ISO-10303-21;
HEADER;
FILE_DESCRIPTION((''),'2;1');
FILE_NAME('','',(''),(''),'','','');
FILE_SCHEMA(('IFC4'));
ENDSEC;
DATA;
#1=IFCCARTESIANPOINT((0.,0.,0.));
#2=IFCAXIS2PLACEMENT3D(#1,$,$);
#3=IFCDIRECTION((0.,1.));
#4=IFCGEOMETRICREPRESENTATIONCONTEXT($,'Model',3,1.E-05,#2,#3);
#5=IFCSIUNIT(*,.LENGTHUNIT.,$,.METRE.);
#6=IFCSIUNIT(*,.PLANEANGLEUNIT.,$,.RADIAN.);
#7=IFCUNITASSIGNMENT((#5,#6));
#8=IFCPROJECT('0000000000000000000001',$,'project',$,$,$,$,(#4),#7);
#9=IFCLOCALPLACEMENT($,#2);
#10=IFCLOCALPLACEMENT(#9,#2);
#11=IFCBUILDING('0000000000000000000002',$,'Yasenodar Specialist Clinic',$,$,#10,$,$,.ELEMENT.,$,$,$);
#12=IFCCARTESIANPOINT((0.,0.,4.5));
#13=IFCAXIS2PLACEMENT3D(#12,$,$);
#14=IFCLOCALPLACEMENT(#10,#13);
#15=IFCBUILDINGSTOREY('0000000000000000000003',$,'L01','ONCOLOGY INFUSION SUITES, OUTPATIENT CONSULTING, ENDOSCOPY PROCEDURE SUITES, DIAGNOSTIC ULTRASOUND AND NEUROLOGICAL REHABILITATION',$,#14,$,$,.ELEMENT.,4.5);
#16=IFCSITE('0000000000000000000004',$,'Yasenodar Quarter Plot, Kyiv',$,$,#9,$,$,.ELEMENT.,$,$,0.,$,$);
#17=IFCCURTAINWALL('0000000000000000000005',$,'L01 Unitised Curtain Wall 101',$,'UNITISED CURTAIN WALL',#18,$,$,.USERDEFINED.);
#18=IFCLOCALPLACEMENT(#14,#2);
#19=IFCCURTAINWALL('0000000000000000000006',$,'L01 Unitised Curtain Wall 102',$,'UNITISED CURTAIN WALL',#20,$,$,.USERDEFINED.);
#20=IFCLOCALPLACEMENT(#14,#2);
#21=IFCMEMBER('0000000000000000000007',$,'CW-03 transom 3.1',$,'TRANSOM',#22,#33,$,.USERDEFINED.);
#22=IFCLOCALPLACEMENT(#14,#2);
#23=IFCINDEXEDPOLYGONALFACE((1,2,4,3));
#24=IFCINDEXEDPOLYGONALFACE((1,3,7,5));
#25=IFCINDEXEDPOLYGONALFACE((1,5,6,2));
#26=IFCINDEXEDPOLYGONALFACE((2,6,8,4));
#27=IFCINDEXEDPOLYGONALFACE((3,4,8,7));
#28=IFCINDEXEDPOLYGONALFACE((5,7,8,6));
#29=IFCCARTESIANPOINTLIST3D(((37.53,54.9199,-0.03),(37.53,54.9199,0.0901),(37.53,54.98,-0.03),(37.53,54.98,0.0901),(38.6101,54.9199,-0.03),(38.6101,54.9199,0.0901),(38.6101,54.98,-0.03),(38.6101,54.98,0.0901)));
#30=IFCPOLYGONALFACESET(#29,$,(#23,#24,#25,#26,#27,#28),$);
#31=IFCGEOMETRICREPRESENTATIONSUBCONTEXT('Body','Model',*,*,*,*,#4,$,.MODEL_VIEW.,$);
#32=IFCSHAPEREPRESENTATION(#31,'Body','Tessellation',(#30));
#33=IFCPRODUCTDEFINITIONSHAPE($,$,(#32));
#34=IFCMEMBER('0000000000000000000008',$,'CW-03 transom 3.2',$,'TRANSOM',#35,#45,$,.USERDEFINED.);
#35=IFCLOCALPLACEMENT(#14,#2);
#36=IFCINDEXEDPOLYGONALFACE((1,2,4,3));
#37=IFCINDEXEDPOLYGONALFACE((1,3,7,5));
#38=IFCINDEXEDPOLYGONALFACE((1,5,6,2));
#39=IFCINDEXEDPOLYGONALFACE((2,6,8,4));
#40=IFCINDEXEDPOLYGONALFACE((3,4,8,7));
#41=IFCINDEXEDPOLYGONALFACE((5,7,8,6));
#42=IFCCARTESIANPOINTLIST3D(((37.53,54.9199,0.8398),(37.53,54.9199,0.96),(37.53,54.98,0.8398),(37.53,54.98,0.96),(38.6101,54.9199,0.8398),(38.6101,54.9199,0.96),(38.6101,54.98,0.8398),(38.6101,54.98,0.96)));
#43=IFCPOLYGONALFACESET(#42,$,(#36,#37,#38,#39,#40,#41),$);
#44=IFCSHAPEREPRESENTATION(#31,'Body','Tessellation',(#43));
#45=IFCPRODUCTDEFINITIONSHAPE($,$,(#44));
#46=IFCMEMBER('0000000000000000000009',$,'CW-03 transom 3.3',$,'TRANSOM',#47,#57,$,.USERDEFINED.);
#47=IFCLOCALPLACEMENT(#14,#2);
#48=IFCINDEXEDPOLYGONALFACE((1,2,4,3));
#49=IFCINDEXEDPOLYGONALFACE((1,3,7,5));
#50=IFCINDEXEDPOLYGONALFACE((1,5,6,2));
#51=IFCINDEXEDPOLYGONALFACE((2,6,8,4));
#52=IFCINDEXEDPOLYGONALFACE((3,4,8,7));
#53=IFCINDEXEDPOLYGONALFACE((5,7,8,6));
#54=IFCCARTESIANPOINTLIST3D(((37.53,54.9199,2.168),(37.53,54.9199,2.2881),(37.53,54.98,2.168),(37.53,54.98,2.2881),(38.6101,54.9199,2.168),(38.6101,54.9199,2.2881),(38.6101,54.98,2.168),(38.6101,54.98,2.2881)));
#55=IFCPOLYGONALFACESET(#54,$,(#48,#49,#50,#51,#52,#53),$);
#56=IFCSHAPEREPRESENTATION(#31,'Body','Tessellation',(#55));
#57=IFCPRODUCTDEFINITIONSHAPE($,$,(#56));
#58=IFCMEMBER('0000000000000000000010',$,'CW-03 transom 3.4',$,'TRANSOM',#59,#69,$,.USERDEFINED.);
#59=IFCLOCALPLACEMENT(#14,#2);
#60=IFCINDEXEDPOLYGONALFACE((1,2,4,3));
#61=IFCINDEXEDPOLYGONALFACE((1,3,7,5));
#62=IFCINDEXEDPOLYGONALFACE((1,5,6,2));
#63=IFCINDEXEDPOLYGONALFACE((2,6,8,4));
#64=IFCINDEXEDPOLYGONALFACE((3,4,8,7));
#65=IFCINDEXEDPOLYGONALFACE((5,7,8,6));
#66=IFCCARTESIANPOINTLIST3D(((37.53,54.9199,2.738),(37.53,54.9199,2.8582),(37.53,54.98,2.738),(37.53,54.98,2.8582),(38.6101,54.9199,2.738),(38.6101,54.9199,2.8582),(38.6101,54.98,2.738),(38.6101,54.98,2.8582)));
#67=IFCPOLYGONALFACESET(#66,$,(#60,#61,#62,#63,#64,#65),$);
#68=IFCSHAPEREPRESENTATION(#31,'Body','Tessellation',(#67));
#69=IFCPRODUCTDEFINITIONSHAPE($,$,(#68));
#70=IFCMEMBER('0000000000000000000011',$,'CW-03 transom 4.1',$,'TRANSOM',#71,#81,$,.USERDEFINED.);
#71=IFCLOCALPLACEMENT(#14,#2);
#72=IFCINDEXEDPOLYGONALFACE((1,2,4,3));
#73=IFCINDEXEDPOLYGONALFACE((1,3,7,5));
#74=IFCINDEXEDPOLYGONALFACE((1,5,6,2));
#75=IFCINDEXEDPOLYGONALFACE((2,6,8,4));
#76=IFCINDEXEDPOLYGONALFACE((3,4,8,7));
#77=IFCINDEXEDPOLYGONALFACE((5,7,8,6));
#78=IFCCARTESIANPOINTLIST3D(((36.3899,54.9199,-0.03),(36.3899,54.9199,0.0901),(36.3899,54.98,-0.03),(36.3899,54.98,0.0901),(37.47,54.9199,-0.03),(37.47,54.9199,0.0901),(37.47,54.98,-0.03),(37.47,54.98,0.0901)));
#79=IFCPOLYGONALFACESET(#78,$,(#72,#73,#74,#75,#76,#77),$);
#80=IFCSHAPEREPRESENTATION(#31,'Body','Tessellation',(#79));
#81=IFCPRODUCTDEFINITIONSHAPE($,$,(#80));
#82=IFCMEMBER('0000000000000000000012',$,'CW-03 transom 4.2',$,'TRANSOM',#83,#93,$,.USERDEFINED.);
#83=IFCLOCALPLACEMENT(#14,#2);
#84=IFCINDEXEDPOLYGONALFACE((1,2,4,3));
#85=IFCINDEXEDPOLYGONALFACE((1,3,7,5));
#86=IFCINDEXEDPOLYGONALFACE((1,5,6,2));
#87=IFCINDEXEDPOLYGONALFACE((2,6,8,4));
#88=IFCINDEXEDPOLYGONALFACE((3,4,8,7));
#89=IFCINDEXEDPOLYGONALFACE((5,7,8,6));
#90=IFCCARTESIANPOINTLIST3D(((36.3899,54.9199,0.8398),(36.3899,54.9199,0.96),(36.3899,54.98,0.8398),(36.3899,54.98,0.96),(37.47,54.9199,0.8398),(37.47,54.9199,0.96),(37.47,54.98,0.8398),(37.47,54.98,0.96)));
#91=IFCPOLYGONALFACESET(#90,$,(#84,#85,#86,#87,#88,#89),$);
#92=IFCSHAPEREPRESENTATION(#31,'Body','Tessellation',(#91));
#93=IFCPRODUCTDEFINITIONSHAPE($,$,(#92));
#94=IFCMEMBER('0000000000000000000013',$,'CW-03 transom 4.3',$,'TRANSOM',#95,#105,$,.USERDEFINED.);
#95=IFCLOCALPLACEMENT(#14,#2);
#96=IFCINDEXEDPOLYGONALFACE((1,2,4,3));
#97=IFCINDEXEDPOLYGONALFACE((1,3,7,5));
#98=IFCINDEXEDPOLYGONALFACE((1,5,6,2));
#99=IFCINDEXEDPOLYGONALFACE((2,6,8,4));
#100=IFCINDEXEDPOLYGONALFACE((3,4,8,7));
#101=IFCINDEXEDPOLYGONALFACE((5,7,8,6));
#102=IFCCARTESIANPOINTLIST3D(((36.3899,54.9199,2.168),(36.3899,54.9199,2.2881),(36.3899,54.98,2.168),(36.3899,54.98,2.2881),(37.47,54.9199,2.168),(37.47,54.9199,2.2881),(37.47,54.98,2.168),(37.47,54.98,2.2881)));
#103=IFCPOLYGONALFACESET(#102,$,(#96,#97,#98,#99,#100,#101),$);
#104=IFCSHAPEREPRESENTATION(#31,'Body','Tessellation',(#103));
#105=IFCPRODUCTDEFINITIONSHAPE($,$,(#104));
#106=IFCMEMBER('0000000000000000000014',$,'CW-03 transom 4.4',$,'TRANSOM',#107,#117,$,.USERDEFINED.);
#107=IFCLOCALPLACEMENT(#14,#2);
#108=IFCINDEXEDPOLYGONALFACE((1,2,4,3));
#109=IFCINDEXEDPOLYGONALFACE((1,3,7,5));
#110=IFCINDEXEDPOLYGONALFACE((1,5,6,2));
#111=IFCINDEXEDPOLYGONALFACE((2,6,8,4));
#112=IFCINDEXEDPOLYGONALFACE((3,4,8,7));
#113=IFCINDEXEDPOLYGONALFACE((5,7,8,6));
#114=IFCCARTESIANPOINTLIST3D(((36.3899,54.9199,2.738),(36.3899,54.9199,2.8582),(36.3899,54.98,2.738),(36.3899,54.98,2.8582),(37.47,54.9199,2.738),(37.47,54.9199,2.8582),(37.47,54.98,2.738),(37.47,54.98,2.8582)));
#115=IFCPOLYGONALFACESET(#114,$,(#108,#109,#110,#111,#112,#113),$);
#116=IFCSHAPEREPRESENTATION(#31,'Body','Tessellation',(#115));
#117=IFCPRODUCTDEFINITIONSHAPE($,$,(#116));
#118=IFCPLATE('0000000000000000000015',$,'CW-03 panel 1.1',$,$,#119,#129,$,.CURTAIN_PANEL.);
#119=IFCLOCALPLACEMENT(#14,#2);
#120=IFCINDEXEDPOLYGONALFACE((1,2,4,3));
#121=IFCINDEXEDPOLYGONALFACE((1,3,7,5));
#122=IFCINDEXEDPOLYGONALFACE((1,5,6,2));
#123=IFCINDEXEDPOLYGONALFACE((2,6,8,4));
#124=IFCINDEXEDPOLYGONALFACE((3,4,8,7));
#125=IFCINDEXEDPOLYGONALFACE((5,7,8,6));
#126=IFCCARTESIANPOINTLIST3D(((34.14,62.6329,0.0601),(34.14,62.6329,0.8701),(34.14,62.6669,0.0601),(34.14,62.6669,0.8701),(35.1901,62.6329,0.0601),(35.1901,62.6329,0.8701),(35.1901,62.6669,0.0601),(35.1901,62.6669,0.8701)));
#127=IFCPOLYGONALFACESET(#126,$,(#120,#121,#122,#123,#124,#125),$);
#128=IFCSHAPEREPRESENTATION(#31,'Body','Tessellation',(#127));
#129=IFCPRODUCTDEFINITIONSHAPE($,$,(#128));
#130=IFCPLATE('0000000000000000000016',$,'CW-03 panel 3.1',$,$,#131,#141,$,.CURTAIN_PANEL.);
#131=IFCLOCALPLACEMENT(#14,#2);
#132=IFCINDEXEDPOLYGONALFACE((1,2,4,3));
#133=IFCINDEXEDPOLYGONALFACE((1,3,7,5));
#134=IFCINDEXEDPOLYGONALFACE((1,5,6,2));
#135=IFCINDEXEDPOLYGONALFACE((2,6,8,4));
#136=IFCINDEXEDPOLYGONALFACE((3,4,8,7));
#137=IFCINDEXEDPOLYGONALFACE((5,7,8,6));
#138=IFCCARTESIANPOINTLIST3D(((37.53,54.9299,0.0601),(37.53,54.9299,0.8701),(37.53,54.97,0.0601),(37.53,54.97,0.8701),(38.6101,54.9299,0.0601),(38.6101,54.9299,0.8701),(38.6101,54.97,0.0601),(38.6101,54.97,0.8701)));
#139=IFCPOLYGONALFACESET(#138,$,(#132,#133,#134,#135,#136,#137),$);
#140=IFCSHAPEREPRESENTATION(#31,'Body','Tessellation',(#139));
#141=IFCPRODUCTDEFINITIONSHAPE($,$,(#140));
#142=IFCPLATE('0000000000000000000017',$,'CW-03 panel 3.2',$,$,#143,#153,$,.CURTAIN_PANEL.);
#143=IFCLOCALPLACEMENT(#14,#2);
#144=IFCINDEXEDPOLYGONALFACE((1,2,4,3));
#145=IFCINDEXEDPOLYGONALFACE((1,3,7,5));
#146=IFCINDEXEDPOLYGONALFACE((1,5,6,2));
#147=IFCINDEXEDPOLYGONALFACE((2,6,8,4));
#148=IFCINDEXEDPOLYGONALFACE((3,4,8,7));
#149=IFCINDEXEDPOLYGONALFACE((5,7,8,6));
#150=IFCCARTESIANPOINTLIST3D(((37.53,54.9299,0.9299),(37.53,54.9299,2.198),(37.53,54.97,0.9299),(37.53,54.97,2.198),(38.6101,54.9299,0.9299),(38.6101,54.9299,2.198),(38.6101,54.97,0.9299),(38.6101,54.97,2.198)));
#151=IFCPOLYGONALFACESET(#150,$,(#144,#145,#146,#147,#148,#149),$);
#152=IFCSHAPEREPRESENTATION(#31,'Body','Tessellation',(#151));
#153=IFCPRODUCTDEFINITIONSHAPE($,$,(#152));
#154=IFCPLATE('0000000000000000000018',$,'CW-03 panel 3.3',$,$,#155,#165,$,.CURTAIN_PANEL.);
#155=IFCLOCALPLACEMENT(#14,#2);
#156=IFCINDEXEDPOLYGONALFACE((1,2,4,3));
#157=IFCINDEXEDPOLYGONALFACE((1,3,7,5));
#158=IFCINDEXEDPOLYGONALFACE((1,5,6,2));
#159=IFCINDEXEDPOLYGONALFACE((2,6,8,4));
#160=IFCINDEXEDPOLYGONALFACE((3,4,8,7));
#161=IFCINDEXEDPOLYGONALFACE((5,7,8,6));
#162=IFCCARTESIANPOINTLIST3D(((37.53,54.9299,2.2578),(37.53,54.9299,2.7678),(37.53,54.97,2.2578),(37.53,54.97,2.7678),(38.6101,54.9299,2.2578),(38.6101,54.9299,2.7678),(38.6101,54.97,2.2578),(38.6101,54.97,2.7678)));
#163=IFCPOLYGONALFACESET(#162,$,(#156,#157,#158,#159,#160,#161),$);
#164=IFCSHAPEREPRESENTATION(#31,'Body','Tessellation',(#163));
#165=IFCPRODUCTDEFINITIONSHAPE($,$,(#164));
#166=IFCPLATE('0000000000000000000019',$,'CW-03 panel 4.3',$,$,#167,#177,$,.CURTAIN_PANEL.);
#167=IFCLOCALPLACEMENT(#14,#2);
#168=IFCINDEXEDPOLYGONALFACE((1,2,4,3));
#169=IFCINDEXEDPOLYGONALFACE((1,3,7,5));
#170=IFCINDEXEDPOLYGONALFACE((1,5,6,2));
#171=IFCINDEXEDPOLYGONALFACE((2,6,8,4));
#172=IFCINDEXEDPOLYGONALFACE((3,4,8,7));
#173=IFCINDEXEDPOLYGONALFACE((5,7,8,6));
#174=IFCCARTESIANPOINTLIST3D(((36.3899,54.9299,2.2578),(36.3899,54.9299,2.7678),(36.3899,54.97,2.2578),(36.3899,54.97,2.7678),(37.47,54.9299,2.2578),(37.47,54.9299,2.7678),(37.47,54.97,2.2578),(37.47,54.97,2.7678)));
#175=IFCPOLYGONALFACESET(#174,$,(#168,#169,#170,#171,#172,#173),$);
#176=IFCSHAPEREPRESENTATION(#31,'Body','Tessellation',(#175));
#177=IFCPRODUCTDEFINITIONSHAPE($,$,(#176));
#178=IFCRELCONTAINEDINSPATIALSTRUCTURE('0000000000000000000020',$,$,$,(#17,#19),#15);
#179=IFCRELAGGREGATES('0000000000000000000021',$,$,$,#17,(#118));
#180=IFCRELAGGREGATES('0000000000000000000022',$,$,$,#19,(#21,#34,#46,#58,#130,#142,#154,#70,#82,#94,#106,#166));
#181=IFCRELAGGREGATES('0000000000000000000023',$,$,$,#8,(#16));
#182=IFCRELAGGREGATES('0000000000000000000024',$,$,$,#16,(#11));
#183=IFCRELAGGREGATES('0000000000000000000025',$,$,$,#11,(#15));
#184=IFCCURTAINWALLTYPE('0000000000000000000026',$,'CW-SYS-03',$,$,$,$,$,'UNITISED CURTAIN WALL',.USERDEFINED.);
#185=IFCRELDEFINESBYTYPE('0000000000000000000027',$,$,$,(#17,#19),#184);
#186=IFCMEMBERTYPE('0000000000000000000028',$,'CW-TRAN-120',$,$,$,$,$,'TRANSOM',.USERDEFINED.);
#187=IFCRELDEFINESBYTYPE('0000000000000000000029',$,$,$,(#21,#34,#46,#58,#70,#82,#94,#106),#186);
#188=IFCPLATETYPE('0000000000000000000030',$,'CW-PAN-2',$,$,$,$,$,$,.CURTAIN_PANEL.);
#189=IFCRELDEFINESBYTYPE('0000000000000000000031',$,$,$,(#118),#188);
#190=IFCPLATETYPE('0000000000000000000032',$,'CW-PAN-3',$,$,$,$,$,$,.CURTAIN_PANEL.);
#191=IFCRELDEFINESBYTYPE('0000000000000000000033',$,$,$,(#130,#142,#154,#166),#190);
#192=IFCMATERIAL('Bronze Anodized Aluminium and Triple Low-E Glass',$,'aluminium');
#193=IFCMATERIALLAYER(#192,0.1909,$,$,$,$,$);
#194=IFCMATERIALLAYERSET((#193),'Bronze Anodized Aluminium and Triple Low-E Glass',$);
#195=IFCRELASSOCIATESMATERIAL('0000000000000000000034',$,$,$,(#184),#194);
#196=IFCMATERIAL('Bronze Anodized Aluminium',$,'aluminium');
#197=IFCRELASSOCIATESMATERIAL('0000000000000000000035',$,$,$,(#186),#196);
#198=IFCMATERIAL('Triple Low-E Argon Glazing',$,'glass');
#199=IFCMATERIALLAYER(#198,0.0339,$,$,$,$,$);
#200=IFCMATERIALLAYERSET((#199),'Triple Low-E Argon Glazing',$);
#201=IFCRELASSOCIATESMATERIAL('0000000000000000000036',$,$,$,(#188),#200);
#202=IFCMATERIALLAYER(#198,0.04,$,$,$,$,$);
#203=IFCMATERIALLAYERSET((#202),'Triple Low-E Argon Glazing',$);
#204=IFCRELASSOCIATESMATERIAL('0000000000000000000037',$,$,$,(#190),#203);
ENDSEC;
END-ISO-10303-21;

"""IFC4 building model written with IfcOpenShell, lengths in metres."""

from ifc_helpers import new_model, si_unit, direction, frame, origin, origin_2d, place, context, subcontext, project, spatial, rectangle, extrude, material, layer, layer_set, material_profile, profile_set, type_object, element, aggregate, save


model = new_model("IFC4")

# Units and contexts
model_context = context("Model", 3, precision=1e-05, world=origin(), true_north=direction((0.0, 1.0)))
body_context = subcontext(model_context, "Body", "Model", "MODEL_VIEW")
ifc_project = project(units=[si_unit("LENGTHUNIT", "METRE"), si_unit("PLANEANGLEUNIT", "RADIAN")], contexts=[model_context])

# Site, building, storey
site_placement = place(None, origin())
site = spatial("IfcSite", under=ifc_project, at=site_placement, Name="Yasenodar Quarter Plot, Kyiv", CompositionType="ELEMENT", RefElevation=0.0)
building_placement = place(site_placement, origin())
building = spatial("IfcBuilding", under=site, at=building_placement, Name="Yasenodar Specialist Clinic", CompositionType="ELEMENT")
storey_placement = place(building_placement, frame((0.0, 0.0, 4.5)))
storey = spatial("IfcBuildingStorey", under=building, at=storey_placement, Name="L01", Description="ONCOLOGY INFUSION SUITES, OUTPATIENT CONSULTING, ENDOSCOPY PROCEDURE SUITES, DIAGNOSTIC ULTRASOUND AND NEUROLOGICAL REHABILITATION", CompositionType="ELEMENT", Elevation=4.5)

# Curtain wall
ifc_material_1 = material(Name="Bronze Anodized Aluminium and Triple Low-E Glass", Category="aluminium")
ifc_layer_1 = layer(ifc_material_1, 0.1909)
ifc_layer_set_1 = layer_set([ifc_layer_1], Name="Bronze Anodized Aluminium and Triple Low-E Glass")
curtain_wall_type = type_object("IfcCurtainWallType", Name="CW-SYS-03", ElementType="UNITISED CURTAIN WALL", PredefinedType="USERDEFINED", material=ifc_layer_set_1)
curtain_wall_1_placement = place(storey_placement, origin())
curtain_wall_1 = element("IfcCurtainWall", 1, at=curtain_wall_1_placement, inside=storey, type_object=curtain_wall_type, Name="L01 Unitised Curtain Wall 101", ObjectType="UNITISED CURTAIN WALL", PredefinedType="USERDEFINED")
ifc_material_2 = material(Name="Bronze Anodized Aluminium", Category="aluminium")

# Curtain wall
curtain_wall_2_placement = place(storey_placement, origin())
curtain_wall_2 = element("IfcCurtainWall", 2, at=curtain_wall_2_placement, inside=storey, type_object=curtain_wall_type, Name="L01 Unitised Curtain Wall 102", ObjectType="UNITISED CURTAIN WALL", PredefinedType="USERDEFINED")

# Members
ifc_material_profile_1 = material_profile(ifc_material_2, rectangle(XDim=0.0601, YDim=0.1201, at=origin_2d()), Name="CW-TRAN 60x120")
ifc_profile_set_1 = profile_set([ifc_material_profile_1], Name="Bronze Anodized Aluminium")
member_type_1 = type_object("IfcMemberType", Name="CW-TRAN-120", ElementType="TRANSOM", PredefinedType="USERDEFINED", material=ifc_profile_set_1)
member_1_placement = place(storey_placement, frame((38.6101, 54.95, 0.03), z_axis=(-1.0, 0.0, 0.0), x_axis=(0.0, -1.0, 0.0)))
member_1 = element("IfcMember", 3, at=member_1_placement, type_object=member_type_1, Name="CW-03 transom 3.1", ObjectType="TRANSOM", PredefinedType="USERDEFINED", context=body_context, shape_type="SweptSolid", body=[
    extrude(rectangle(XDim=0.0601, YDim=0.1201, at=origin_2d()), origin(), (0.0, 0.0, 1.0), 1.0801),
])
member_2_placement = place(storey_placement, frame((38.6101, 54.95, 0.8999), z_axis=(-1.0, 0.0, 0.0), x_axis=(0.0, -1.0, 0.0)))
member_2 = element("IfcMember", 4, at=member_2_placement, type_object=member_type_1, Name="CW-03 transom 3.2", ObjectType="TRANSOM", PredefinedType="USERDEFINED", context=body_context, shape_type="SweptSolid", body=[
    extrude(rectangle(XDim=0.0601, YDim=0.1201, at=origin_2d()), origin(), (0.0, 0.0, 1.0), 1.0801),
])
member_3_placement = place(storey_placement, frame((38.6101, 54.95, 2.228), z_axis=(-1.0, 0.0, 0.0), x_axis=(0.0, -1.0, 0.0)))
member_3 = element("IfcMember", 5, at=member_3_placement, type_object=member_type_1, Name="CW-03 transom 3.3", ObjectType="TRANSOM", PredefinedType="USERDEFINED", context=body_context, shape_type="SweptSolid", body=[
    extrude(rectangle(XDim=0.0601, YDim=0.1201, at=origin_2d()), origin(), (0.0, 0.0, 1.0), 1.0801),
])
member_4_placement = place(storey_placement, frame((38.6101, 54.95, 2.7981), z_axis=(-1.0, 0.0, 0.0), x_axis=(0.0, -1.0, 0.0)))
member_4 = element("IfcMember", 6, at=member_4_placement, type_object=member_type_1, Name="CW-03 transom 3.4", ObjectType="TRANSOM", PredefinedType="USERDEFINED", context=body_context, shape_type="SweptSolid", body=[
    extrude(rectangle(XDim=0.0601, YDim=0.1201, at=origin_2d()), origin(), (0.0, 0.0, 1.0), 1.0801),
])
member_5_placement = place(storey_placement, frame((37.47, 54.95, 0.03), z_axis=(-1.0, 0.0, 0.0), x_axis=(0.0, -1.0, 0.0)))
member_5 = element("IfcMember", 7, at=member_5_placement, type_object=member_type_1, Name="CW-03 transom 4.1", ObjectType="TRANSOM", PredefinedType="USERDEFINED", context=body_context, shape_type="SweptSolid", body=[
    extrude(rectangle(XDim=0.0601, YDim=0.1201, at=origin_2d()), origin(), (0.0, 0.0, 1.0), 1.0801),
])
member_6_placement = place(storey_placement, frame((37.47, 54.95, 0.8999), z_axis=(-1.0, 0.0, 0.0), x_axis=(0.0, -1.0, 0.0)))
member_6 = element("IfcMember", 8, at=member_6_placement, type_object=member_type_1, Name="CW-03 transom 4.2", ObjectType="TRANSOM", PredefinedType="USERDEFINED", context=body_context, shape_type="SweptSolid", body=[
    extrude(rectangle(XDim=0.0601, YDim=0.1201, at=origin_2d()), origin(), (0.0, 0.0, 1.0), 1.0801),
])
member_7_placement = place(storey_placement, frame((37.47, 54.95, 2.228), z_axis=(-1.0, 0.0, 0.0), x_axis=(0.0, -1.0, 0.0)))
member_7 = element("IfcMember", 9, at=member_7_placement, type_object=member_type_1, Name="CW-03 transom 4.3", ObjectType="TRANSOM", PredefinedType="USERDEFINED", context=body_context, shape_type="SweptSolid", body=[
    extrude(rectangle(XDim=0.0601, YDim=0.1201, at=origin_2d()), origin(), (0.0, 0.0, 1.0), 1.0801),
])
member_8_placement = place(storey_placement, frame((37.47, 54.95, 2.7981), z_axis=(-1.0, 0.0, 0.0), x_axis=(0.0, -1.0, 0.0)))
member_8 = element("IfcMember", 10, at=member_8_placement, type_object=member_type_1, Name="CW-03 transom 4.4", ObjectType="TRANSOM", PredefinedType="USERDEFINED", context=body_context, shape_type="SweptSolid", body=[
    extrude(rectangle(XDim=0.0601, YDim=0.1201, at=origin_2d()), origin(), (0.0, 0.0, 1.0), 1.0801),
])

# Plates
ifc_material_3 = material(Name="Triple Low-E Argon Glazing", Category="glass")
ifc_layer_2 = layer(ifc_material_3, 0.0339)
ifc_layer_set_2 = layer_set([ifc_layer_2], Name="Triple Low-E Argon Glazing")
plate_type_1 = type_object("IfcPlateType", Name="CW-PAN-2", PredefinedType="CURTAIN_PANEL", material=ifc_layer_set_2)
plate_1_placement = place(storey_placement, frame((34.665, 62.6499, 0.0601), z_axis=(0.0, 0.0, 1.0), x_axis=(1.0, 0.0, 0.0)))
plate_1 = element("IfcPlate", 11, at=plate_1_placement, type_object=plate_type_1, Name="CW-03 panel 1.1", PredefinedType="CURTAIN_PANEL", context=body_context, shape_type="SweptSolid", body=[
    extrude(rectangle(XDim=1.05, YDim=0.0339, at=origin_2d()), origin(), (0.0, 0.0, 1.0), 0.8101),
])
aggregate(curtain_wall_1, [plate_1])
ifc_layer_3 = layer(ifc_material_3, 0.04)
ifc_layer_set_3 = layer_set([ifc_layer_3], Name="Triple Low-E Argon Glazing")
plate_type_2 = type_object("IfcPlateType", Name="CW-PAN-3", PredefinedType="CURTAIN_PANEL", material=ifc_layer_set_3)
plate_2_placement = place(storey_placement, frame((38.0701, 54.95, 0.0601), z_axis=(0.0, 0.0, 1.0), x_axis=(-1.0, 0.0, 0.0)))
plate_2 = element("IfcPlate", 12, at=plate_2_placement, type_object=plate_type_2, Name="CW-03 panel 3.1", PredefinedType="CURTAIN_PANEL", context=body_context, shape_type="SweptSolid", body=[
    extrude(rectangle(XDim=1.0801, YDim=0.04, at=origin_2d()), origin(), (0.0, 0.0, 1.0), 0.8101),
])
plate_3_placement = place(storey_placement, frame((38.0701, 54.95, 0.9299), z_axis=(0.0, 0.0, 1.0), x_axis=(-1.0, 0.0, 0.0)))
plate_3 = element("IfcPlate", 13, at=plate_3_placement, type_object=plate_type_2, Name="CW-03 panel 3.2", PredefinedType="CURTAIN_PANEL", context=body_context, shape_type="SweptSolid", body=[
    extrude(rectangle(XDim=1.0801, YDim=0.04, at=origin_2d()), origin(), (0.0, 0.0, 1.0), 1.2681),
])
plate_4_placement = place(storey_placement, frame((38.0701, 54.95, 2.2578), z_axis=(0.0, 0.0, 1.0), x_axis=(-1.0, 0.0, 0.0)))
plate_4 = element("IfcPlate", 14, at=plate_4_placement, type_object=plate_type_2, Name="CW-03 panel 3.3", PredefinedType="CURTAIN_PANEL", context=body_context, shape_type="SweptSolid", body=[
    extrude(rectangle(XDim=1.0801, YDim=0.04, at=origin_2d()), origin(), (0.0, 0.0, 1.0), 0.51),
])
plate_5_placement = place(storey_placement, frame((36.9299, 54.95, 2.2578), z_axis=(0.0, 0.0, 1.0), x_axis=(-1.0, 0.0, 0.0)))
plate_5 = element("IfcPlate", 15, at=plate_5_placement, type_object=plate_type_2, Name="CW-03 panel 4.3", PredefinedType="CURTAIN_PANEL", context=body_context, shape_type="SweptSolid", body=[
    extrude(rectangle(XDim=1.0801, YDim=0.04, at=origin_2d()), origin(), (0.0, 0.0, 1.0), 0.51),
])
aggregate(curtain_wall_2, [member_1, member_2, member_3, member_4, plate_2, plate_3, plate_4, member_5, member_6, member_7, member_8, plate_5])

save(model, "model.ifc")
